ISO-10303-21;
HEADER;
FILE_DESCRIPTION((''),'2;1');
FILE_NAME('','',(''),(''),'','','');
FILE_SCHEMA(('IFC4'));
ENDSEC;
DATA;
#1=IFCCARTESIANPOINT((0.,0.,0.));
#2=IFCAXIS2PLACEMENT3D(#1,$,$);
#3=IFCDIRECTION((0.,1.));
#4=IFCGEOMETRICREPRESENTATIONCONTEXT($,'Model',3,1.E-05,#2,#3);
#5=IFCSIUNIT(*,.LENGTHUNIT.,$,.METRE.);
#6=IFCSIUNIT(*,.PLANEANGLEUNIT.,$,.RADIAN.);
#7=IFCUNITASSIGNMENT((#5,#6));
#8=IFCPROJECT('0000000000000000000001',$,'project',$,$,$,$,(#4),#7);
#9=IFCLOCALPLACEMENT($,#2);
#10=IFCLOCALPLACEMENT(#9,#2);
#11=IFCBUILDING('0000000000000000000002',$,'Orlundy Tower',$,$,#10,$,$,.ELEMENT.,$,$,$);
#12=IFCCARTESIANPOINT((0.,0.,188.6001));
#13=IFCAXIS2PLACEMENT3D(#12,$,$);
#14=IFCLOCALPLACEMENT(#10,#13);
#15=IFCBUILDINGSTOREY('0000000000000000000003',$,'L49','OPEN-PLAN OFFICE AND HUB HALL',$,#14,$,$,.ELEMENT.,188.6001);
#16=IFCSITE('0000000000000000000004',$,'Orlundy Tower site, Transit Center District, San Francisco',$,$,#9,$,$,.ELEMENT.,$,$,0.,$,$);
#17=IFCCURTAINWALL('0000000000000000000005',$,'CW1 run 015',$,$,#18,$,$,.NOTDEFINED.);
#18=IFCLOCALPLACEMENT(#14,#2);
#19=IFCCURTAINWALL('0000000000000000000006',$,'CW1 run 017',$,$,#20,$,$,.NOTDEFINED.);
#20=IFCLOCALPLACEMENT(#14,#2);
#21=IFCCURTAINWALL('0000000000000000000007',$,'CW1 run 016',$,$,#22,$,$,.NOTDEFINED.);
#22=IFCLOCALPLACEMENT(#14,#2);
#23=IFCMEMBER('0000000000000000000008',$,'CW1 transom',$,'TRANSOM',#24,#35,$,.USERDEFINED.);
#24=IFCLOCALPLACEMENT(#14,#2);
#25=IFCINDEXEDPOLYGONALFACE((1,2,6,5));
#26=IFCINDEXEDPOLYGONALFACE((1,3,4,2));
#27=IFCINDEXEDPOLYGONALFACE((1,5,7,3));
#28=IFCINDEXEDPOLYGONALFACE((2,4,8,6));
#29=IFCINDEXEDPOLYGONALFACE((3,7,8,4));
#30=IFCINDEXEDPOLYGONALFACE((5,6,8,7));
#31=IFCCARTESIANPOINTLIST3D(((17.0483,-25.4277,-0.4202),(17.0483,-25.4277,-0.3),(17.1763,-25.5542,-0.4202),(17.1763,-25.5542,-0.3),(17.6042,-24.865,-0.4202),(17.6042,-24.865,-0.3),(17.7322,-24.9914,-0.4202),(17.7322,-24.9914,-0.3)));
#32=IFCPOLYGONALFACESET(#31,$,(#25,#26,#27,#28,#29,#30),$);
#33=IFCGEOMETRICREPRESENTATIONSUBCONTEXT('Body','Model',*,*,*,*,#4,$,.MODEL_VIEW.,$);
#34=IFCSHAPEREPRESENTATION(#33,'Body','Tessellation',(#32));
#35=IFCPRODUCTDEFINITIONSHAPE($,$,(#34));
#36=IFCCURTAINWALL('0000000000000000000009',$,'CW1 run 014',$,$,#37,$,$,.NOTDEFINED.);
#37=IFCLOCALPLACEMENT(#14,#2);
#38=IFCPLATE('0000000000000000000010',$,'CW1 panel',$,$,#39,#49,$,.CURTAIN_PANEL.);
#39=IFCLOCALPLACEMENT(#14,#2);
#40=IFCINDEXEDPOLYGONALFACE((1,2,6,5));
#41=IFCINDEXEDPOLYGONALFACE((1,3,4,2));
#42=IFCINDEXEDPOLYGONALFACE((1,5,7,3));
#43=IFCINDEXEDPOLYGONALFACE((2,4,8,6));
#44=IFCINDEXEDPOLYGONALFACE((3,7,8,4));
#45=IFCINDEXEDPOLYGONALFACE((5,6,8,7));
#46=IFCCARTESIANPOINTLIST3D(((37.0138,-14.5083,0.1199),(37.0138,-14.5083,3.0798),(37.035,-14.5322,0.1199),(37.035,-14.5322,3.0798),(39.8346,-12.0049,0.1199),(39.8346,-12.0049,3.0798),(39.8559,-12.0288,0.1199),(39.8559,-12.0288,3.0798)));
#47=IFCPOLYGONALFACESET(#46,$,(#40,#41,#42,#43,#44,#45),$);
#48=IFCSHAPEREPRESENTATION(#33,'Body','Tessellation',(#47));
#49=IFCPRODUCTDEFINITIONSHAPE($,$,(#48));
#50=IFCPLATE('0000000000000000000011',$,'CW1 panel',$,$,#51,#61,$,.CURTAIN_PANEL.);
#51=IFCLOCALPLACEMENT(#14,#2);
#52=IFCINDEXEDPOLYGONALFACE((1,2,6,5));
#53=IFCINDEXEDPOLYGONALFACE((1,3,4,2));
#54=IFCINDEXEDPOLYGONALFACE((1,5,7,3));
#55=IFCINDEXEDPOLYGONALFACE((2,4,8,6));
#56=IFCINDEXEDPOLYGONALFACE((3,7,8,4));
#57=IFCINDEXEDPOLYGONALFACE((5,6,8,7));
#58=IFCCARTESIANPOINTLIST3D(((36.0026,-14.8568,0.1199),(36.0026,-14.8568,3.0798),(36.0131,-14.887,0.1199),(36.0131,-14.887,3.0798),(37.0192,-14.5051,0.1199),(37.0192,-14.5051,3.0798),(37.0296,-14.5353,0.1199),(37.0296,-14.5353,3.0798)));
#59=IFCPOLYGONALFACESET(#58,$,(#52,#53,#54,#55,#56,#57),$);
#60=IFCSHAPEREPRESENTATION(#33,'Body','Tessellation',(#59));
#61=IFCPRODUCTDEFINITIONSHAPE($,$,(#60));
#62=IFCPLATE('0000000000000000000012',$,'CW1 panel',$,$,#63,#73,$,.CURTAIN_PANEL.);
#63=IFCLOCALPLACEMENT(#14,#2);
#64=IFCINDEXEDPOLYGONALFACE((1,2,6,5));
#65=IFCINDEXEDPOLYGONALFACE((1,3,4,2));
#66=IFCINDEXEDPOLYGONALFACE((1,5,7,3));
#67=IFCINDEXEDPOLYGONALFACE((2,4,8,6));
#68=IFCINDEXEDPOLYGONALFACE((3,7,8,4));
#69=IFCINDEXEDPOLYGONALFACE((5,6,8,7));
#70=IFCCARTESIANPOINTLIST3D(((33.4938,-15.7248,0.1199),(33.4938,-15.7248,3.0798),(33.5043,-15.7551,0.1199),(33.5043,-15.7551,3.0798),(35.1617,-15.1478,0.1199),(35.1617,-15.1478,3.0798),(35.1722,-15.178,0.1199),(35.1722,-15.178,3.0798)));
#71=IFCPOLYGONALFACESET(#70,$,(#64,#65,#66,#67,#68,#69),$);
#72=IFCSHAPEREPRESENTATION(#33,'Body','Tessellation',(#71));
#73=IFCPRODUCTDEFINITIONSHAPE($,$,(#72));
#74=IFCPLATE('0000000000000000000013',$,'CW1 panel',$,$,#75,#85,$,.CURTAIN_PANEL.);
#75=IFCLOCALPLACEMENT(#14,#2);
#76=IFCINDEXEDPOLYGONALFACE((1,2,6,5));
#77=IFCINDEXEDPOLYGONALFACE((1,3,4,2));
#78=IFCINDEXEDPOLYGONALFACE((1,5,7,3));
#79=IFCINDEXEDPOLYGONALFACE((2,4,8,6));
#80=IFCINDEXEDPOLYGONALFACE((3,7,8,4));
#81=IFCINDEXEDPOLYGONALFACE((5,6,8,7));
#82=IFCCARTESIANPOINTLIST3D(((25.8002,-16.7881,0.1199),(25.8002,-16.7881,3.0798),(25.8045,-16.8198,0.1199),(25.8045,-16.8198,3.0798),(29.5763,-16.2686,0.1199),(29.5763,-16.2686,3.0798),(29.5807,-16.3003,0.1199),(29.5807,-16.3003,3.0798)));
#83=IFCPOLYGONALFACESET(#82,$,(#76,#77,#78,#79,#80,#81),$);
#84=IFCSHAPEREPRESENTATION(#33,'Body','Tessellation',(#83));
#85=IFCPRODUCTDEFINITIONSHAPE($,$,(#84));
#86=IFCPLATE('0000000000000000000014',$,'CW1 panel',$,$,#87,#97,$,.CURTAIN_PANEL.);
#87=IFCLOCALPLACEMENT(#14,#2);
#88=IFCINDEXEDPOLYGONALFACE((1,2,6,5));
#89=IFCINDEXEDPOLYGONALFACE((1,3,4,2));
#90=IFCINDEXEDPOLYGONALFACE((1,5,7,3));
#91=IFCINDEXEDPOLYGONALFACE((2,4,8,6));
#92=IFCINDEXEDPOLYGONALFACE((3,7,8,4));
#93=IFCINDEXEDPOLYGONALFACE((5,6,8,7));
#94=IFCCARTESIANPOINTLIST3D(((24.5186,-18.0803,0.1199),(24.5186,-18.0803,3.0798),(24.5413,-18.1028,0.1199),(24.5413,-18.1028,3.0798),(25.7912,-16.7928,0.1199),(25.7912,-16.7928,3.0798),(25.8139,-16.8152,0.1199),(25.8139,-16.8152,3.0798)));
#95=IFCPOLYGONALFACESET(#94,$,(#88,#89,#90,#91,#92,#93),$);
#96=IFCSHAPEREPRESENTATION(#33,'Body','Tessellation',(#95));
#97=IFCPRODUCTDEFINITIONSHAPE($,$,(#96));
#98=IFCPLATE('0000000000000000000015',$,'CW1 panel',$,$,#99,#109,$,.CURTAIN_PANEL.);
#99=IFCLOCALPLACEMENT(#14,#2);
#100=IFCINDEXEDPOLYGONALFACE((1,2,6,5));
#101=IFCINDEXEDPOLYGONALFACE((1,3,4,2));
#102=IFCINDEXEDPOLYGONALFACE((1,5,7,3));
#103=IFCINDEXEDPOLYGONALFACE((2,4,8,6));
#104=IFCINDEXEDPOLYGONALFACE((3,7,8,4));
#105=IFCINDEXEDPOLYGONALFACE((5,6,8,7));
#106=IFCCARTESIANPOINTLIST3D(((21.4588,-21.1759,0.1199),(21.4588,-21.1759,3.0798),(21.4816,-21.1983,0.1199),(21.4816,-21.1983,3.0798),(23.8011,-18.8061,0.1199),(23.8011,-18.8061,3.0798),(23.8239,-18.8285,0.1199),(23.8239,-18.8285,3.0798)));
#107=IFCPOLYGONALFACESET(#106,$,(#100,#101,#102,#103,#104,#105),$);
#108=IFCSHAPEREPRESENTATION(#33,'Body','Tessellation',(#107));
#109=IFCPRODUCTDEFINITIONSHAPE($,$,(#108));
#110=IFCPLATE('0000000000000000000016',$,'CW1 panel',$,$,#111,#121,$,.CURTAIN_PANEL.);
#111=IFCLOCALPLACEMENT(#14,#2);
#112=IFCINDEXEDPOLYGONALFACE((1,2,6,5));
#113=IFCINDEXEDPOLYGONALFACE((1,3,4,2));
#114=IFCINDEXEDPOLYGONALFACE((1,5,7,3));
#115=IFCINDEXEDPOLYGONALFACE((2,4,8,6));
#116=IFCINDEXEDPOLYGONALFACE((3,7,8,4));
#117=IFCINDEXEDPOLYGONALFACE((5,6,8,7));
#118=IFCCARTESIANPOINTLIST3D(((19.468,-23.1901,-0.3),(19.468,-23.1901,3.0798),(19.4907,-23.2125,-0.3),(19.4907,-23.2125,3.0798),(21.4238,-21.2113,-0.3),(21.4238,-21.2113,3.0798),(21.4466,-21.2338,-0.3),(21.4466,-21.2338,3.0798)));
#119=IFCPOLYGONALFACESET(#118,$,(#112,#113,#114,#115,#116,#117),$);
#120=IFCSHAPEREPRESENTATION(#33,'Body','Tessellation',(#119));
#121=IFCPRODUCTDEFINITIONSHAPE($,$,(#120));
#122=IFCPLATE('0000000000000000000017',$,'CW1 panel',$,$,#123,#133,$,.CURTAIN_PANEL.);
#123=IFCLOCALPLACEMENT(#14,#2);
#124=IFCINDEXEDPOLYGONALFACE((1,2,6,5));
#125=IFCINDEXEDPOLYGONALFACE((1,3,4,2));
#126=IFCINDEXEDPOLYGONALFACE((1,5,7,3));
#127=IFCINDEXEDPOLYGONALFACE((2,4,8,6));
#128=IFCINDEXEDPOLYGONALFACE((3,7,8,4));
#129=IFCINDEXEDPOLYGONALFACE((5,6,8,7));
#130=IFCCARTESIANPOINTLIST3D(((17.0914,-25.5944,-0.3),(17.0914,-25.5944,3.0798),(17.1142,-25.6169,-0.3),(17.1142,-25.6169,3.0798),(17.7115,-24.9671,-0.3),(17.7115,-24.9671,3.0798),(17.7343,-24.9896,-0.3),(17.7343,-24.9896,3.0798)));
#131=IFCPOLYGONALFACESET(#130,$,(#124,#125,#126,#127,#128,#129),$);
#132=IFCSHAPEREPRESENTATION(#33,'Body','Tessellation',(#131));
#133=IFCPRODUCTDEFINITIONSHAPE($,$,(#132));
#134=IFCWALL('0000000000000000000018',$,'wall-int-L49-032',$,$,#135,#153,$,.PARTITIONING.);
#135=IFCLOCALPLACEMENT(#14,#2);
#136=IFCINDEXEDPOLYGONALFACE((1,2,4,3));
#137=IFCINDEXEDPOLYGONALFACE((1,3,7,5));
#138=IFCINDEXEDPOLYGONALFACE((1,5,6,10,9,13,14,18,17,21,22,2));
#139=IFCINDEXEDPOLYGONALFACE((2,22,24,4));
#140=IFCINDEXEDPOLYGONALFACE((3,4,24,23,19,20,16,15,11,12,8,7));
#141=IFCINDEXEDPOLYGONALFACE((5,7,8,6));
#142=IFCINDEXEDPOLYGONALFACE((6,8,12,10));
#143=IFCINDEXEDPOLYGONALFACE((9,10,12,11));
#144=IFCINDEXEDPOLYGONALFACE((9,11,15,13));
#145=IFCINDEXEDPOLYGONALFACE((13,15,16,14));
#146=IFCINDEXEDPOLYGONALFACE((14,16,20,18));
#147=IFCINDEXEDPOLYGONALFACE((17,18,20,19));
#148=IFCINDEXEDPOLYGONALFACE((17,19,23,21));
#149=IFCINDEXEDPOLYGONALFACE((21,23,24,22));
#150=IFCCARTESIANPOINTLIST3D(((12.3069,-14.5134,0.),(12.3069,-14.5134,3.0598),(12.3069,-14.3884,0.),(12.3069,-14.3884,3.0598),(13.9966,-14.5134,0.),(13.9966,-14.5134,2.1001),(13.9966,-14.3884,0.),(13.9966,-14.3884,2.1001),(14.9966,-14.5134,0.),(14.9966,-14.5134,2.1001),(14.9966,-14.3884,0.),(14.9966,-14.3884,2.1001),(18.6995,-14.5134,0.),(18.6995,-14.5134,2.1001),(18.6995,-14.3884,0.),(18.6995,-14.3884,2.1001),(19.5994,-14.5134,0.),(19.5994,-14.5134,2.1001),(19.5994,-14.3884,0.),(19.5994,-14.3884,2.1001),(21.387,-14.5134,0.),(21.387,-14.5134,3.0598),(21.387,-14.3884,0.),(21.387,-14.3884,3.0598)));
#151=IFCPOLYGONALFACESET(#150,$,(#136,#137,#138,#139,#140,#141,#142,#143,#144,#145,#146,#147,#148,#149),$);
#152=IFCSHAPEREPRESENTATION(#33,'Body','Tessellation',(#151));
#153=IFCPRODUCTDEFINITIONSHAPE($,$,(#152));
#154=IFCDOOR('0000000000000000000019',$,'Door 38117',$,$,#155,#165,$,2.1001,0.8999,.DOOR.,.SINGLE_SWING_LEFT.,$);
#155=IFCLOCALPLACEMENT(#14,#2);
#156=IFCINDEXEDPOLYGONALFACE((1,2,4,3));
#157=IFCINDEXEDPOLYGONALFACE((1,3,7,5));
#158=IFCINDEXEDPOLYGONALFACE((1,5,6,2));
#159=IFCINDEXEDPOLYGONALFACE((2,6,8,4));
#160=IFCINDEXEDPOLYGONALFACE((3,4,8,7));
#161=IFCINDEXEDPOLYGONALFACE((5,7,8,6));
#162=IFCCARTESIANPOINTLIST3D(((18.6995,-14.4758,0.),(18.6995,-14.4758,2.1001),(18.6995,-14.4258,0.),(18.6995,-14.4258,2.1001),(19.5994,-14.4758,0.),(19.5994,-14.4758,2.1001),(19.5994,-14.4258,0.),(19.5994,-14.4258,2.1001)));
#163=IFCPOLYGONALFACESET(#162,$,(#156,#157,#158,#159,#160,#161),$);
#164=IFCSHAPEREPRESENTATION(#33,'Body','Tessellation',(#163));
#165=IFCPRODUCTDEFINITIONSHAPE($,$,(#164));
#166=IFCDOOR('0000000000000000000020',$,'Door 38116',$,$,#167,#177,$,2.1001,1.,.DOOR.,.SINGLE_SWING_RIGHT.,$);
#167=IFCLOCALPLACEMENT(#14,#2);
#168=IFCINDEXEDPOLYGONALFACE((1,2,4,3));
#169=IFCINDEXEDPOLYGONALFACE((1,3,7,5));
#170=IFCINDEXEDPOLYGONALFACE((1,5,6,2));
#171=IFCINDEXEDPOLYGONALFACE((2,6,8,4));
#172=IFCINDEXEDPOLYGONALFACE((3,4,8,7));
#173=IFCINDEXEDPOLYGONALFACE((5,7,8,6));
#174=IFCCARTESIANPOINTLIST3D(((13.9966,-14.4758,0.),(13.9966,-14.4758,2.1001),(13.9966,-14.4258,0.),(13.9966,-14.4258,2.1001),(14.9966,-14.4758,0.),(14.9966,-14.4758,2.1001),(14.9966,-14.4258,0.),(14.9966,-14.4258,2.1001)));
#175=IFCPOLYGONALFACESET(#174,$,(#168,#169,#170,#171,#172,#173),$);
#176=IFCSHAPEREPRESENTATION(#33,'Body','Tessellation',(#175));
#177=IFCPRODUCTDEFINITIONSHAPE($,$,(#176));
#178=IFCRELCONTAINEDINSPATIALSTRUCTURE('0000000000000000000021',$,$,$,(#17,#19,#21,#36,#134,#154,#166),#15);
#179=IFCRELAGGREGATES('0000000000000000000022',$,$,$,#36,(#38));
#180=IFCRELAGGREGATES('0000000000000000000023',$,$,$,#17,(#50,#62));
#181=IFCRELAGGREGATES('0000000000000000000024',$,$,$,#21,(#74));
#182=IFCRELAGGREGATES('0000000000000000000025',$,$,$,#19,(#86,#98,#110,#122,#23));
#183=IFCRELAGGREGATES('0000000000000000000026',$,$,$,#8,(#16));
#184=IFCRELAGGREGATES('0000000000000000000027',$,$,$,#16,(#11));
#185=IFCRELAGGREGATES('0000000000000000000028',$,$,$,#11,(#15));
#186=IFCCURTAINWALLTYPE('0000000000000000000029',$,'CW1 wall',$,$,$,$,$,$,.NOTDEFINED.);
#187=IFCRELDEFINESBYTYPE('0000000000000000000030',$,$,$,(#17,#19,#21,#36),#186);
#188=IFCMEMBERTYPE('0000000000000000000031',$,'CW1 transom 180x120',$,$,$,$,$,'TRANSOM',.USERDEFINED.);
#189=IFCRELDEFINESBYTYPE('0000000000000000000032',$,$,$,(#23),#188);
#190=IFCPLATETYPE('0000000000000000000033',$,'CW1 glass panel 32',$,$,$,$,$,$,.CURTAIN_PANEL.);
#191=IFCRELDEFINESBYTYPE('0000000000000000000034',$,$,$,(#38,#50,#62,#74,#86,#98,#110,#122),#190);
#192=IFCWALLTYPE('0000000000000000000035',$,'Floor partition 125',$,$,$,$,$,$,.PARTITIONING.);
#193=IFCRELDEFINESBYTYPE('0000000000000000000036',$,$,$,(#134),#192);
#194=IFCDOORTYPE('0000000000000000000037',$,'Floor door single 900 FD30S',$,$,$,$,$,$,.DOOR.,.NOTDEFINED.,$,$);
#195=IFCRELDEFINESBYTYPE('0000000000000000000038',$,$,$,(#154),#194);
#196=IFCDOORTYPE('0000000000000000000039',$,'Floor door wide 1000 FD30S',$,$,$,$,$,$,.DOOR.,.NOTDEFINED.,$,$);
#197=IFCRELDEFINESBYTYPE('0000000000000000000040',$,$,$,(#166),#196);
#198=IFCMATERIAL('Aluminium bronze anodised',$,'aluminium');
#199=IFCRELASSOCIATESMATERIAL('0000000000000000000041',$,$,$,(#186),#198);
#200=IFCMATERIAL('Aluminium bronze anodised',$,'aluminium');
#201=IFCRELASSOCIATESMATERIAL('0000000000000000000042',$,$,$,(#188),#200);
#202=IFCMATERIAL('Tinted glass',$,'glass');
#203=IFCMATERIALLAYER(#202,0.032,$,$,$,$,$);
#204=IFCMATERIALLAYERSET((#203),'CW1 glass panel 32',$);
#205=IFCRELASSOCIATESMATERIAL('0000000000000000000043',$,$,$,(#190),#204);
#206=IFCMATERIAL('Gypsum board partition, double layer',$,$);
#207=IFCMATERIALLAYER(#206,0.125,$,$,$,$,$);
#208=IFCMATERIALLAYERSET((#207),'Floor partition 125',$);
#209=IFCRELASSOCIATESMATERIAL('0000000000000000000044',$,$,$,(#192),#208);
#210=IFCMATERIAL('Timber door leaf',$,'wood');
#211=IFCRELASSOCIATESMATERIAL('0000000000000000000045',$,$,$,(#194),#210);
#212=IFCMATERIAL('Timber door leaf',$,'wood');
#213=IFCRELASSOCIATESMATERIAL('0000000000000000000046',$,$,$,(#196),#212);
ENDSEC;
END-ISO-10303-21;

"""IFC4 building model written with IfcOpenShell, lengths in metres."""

from ifc_helpers import new_model, si_unit, direction, frame, frame_2d, origin, origin_2d, place, context, subcontext, project, spatial, rectangle, extrude, material, layer, layer_set, material_profile, profile_set, type_object, element, fill, aggregate, save


model = new_model("IFC4")

# Units and contexts
model_context = context("Model", 3, precision=1e-05, world=origin(), true_north=direction((0.0, 1.0)))
body_context = subcontext(model_context, "Body", "Model", "MODEL_VIEW")
ifc_project = project(units=[si_unit("LENGTHUNIT", "METRE"), si_unit("PLANEANGLEUNIT", "RADIAN")], contexts=[model_context])

# Site, building, storey
site_placement = place(None, origin())
site = spatial("IfcSite", under=ifc_project, at=site_placement, Name="Orlundy Tower site, Transit Center District, San Francisco", CompositionType="ELEMENT", RefElevation=0.0)
building_placement = place(site_placement, origin())
building = spatial("IfcBuilding", under=site, at=building_placement, Name="Orlundy Tower", CompositionType="ELEMENT")
storey_placement = place(building_placement, frame((0.0, 0.0, 188.6001)))
storey = spatial("IfcBuildingStorey", under=building, at=storey_placement, Name="L49", Description="OPEN-PLAN OFFICE AND HUB HALL", CompositionType="ELEMENT", Elevation=188.6001)

# Curtain walls
ifc_material_1 = material(Name="Aluminium bronze anodised", Category="aluminium")
curtain_wall_type = type_object("IfcCurtainWallType", Name="CW1 wall", PredefinedType="NOTDEFINED", material=ifc_material_1)
curtain_wall_1_placement = place(storey_placement, origin())
curtain_wall_1 = element("IfcCurtainWall", 1, at=curtain_wall_1_placement, inside=storey, type_object=curtain_wall_type, Name="CW1 run 015", PredefinedType="NOTDEFINED")
curtain_wall_2_placement = place(storey_placement, origin())
curtain_wall_2 = element("IfcCurtainWall", 2, at=curtain_wall_2_placement, inside=storey, type_object=curtain_wall_type, Name="CW1 run 017", PredefinedType="NOTDEFINED")

# Curtain wall
curtain_wall_3_placement = place(storey_placement, origin())
curtain_wall_3 = element("IfcCurtainWall", 3, at=curtain_wall_3_placement, inside=storey, type_object=curtain_wall_type, Name="CW1 run 016", PredefinedType="NOTDEFINED")

# Member
ifc_material_2 = material(Name="Aluminium bronze anodised", Category="aluminium")
ifc_material_profile_1 = material_profile(ifc_material_2, rectangle(XDim=0.1799, YDim=0.1201, at=origin_2d()), Name="CW1 transom 180x120")
ifc_profile_set_1 = profile_set([ifc_material_profile_1], Name="Aluminium bronze anodised")
member_type_1 = type_object("IfcMemberType", Name="CW1 transom 180x120", ElementType="TRANSOM", PredefinedType="USERDEFINED", material=ifc_profile_set_1)
member_1_placement = place(storey_placement, frame((17.6682, -24.9282, -0.3601), z_axis=(-0.702773, -0.711415, 0.0), x_axis=(0.711415, -0.702773, 0.0)))
member_1 = element("IfcMember", 4, at=member_1_placement, type_object=member_type_1, Name="CW1 transom", ObjectType="TRANSOM", PredefinedType="USERDEFINED", context=body_context, shape_type="SweptSolid", body=[
    extrude(rectangle(XDim=0.1799, YDim=0.1201, at=origin_2d()), origin(), (0.0, 0.0, 1.0), 0.791),
])

# Curtain wall, plate
curtain_wall_4_placement = place(storey_placement, origin())
curtain_wall_4 = element("IfcCurtainWall", 5, at=curtain_wall_4_placement, inside=storey, type_object=curtain_wall_type, Name="CW1 run 014", PredefinedType="NOTDEFINED")
ifc_material_3 = material(Name="Tinted glass", Category="glass")
ifc_layer_1 = layer(ifc_material_3, 0.032)
ifc_layer_set_1 = layer_set([ifc_layer_1], Name="CW1 glass panel 32")
plate_type = type_object("IfcPlateType", Name="CW1 glass panel 32", PredefinedType="CURTAIN_PANEL", material=ifc_layer_set_1)
plate_1_placement = place(storey_placement, frame((38.4348, -13.2686, 0.1199), z_axis=(0.0, 0.0, 1.0), x_axis=(-0.747945, -0.663761, 0.0)))
plate_1 = element("IfcPlate", 6, at=plate_1_placement, type_object=plate_type, Name="CW1 panel", PredefinedType="CURTAIN_PANEL", context=body_context, shape_type="SweptSolid", body=[
    extrude(rectangle(XDim=3.7715, YDim=0.032, at=origin_2d()), origin(), (0.0, 0.0, 1.0), 2.96),
])
aggregate(curtain_wall_4, [plate_1])

# Plates
plate_2_placement = place(storey_placement, frame((36.5161, -14.696, 0.1199), z_axis=(0.0, 0.0, 1.0), x_axis=(-0.945034, -0.326972, 0.0)))
plate_2 = element("IfcPlate", 7, at=plate_2_placement, type_object=plate_type, Name="CW1 panel", PredefinedType="CURTAIN_PANEL", context=body_context, shape_type="SweptSolid", body=[
    extrude(rectangle(XDim=1.0757, YDim=0.032, at=origin_2d()), origin(), (0.0, 0.0, 1.0), 2.96),
])
plate_3_placement = place(storey_placement, frame((34.333, -15.4514, 0.1199), z_axis=(0.0, 0.0, 1.0), x_axis=(-0.945034, -0.326972, 0.0)))
plate_3 = element("IfcPlate", 8, at=plate_3_placement, type_object=plate_type, Name="CW1 panel", PredefinedType="CURTAIN_PANEL", context=body_context, shape_type="SweptSolid", body=[
    extrude(rectangle(XDim=1.7649, YDim=0.032, at=origin_2d()), origin(), (0.0, 0.0, 1.0), 2.96),
])
aggregate(curtain_wall_1, [plate_2, plate_3])
plate_4_placement = place(storey_placement, frame((27.6904, -16.5442, 0.1199), z_axis=(0.0, 0.0, 1.0), x_axis=(-0.990668, -0.136294, 0.0)))
plate_4 = element("IfcPlate", 9, at=plate_4_placement, type_object=plate_type, Name="CW1 panel", PredefinedType="CURTAIN_PANEL", context=body_context, shape_type="SweptSolid", body=[
    extrude(rectangle(XDim=3.8118, YDim=0.032, at=origin_2d()), origin(), (0.0, 0.0, 1.0), 2.96),
])
aggregate(curtain_wall_3, [plate_4])
plate_5_placement = place(storey_placement, frame((25.1663, -17.4478, 0.1199), z_axis=(0.0, 0.0, 1.0), x_axis=(-0.70297, -0.711219, 0.0)))
plate_5 = element("IfcPlate", 10, at=plate_5_placement, type_object=plate_type, Name="CW1 panel", PredefinedType="CURTAIN_PANEL", context=body_context, shape_type="SweptSolid", body=[
    extrude(rectangle(XDim=1.8103, YDim=0.032, at=origin_2d()), origin(), (0.0, 0.0, 1.0), 2.96),
])
plate_6_placement = place(storey_placement, frame((22.6414, -20.0022, 0.1199), z_axis=(0.0, 0.0, 1.0), x_axis=(-0.70297, -0.711219, 0.0)))
plate_6 = element("IfcPlate", 11, at=plate_6_placement, type_object=plate_type, Name="CW1 panel", PredefinedType="CURTAIN_PANEL", context=body_context, shape_type="SweptSolid", body=[
    extrude(rectangle(XDim=3.332, YDim=0.032, at=origin_2d()), origin(), (0.0, 0.0, 1.0), 2.96),
])
plate_7_placement = place(storey_placement, frame((20.4573, -22.2119, -0.3), z_axis=(0.0, 0.0, 1.0), x_axis=(-0.70297, -0.711219, 0.0)))
plate_7 = element("IfcPlate", 12, at=plate_7_placement, type_object=plate_type, Name="CW1 panel", PredefinedType="CURTAIN_PANEL", context=body_context, shape_type="SweptSolid", body=[
    extrude(rectangle(XDim=2.7822, YDim=0.032, at=origin_2d()), origin(), (0.0, 0.0, 1.0), 3.3799),
])
plate_8_placement = place(storey_placement, frame((17.4128, -25.292, -0.3), z_axis=(0.0, 0.0, 1.0), x_axis=(-0.70297, -0.711219, 0.0)))
plate_8 = element("IfcPlate", 13, at=plate_8_placement, type_object=plate_type, Name="CW1 panel", PredefinedType="CURTAIN_PANEL", context=body_context, shape_type="SweptSolid", body=[
    extrude(rectangle(XDim=0.8821, YDim=0.032, at=origin_2d()), origin(), (0.0, 0.0, 1.0), 3.3799),
])
aggregate(curtain_wall_2, [plate_5, plate_6, plate_7, plate_8, member_1])

# Wall, openings, doors
ifc_material_4 = material(Name="Gypsum board partition, double layer")
ifc_layer_2 = layer(ifc_material_4, 0.125)
ifc_layer_set_2 = layer_set([ifc_layer_2], Name="Floor partition 125")
wall_type_1 = type_object("IfcWallType", Name="Floor partition 125", PredefinedType="PARTITIONING", material=ifc_layer_set_2)
wall_1_placement = place(storey_placement, frame((21.387, -14.4509, 0.0), z_axis=(0.0, 0.0, 1.0), x_axis=(-1.0, 0.0, 0.0)))
wall_1 = element("IfcWall", 14, at=wall_1_placement, inside=storey, type_object=wall_type_1, Name="wall-int-L49-032", PredefinedType="PARTITIONING", context=body_context, shape_type="SweptSolid", body=[
    extrude(rectangle(XDim=9.0801, YDim=0.125, at=frame_2d((4.54, 0.0))), origin(), (0.0, 0.0, 1.0), 3.0598),
])
opening_1_placement = place(wall_1_placement, frame((6.3904, 0.0, 0.0)))
opening_1 = element("IfcOpeningElement", 15, at=opening_1_placement, cuts=wall_1, PredefinedType="OPENING", context=body_context, shape_type="SweptSolid", body=[
    extrude(rectangle(XDim=1.0, YDim=2.1001, at=frame_2d((0.5, 1.05))), frame((0.0, 0.0725, 0.0), z_axis=(0.0, -1.0, 0.0), x_axis=(1.0, 0.0, 0.0)), (0.0, 0.0, 1.0), 0.145),
])
opening_2_placement = place(wall_1_placement, frame((1.7876, 0.0, 0.0)))
opening_2 = element("IfcOpeningElement", 16, at=opening_2_placement, cuts=wall_1, PredefinedType="OPENING", context=body_context, shape_type="SweptSolid", body=[
    extrude(rectangle(XDim=0.8999, YDim=2.1001, at=frame_2d((0.45, 1.05))), frame((0.0, 0.0725, 0.0), z_axis=(0.0, -1.0, 0.0), x_axis=(1.0, 0.0, 0.0)), (0.0, 0.0, 1.0), 0.145),
])
ifc_material_5 = material(Name="Timber door leaf", Category="wood")
door_type_1 = type_object("IfcDoorType", Name="Floor door single 900 FD30S", OperationType="NOTDEFINED", PredefinedType="DOOR", material=ifc_material_5)
door_1_placement = place(opening_2_placement, origin())
door_1 = element("IfcDoor", 17, at=door_1_placement, inside=storey, type_object=door_type_1, Name="Door 38117", OperationType="SINGLE_SWING_LEFT", OverallHeight=2.1001, OverallWidth=0.8999, PredefinedType="DOOR", context=body_context, shape_type="SweptSolid", body=[
    extrude(rectangle(XDim=0.8999, YDim=2.1001, at=frame_2d((0.45, 1.05))), frame((0.0, 0.0249, 0.0), z_axis=(0.0, -1.0, 0.0), x_axis=(1.0, 0.0, 0.0)), (0.0, 0.0, 1.0), 0.05),
])
fill(opening_2, door_1)
ifc_material_6 = material(Name="Timber door leaf", Category="wood")
door_type_2 = type_object("IfcDoorType", Name="Floor door wide 1000 FD30S", OperationType="NOTDEFINED", PredefinedType="DOOR", material=ifc_material_6)
door_2_placement = place(opening_1_placement, origin())
door_2 = element("IfcDoor", 18, at=door_2_placement, inside=storey, type_object=door_type_2, Name="Door 38116", OperationType="SINGLE_SWING_RIGHT", OverallHeight=2.1001, OverallWidth=1.0, PredefinedType="DOOR", context=body_context, shape_type="SweptSolid", body=[
    extrude(rectangle(XDim=1.0, YDim=2.1001, at=frame_2d((0.5, 1.05))), frame((0.0, 0.0249, 0.0), z_axis=(0.0, -1.0, 0.0), x_axis=(1.0, 0.0, 0.0)), (0.0, 0.0, 1.0), 0.05),
])
fill(opening_1, door_2)

save(model, "model.ifc")
